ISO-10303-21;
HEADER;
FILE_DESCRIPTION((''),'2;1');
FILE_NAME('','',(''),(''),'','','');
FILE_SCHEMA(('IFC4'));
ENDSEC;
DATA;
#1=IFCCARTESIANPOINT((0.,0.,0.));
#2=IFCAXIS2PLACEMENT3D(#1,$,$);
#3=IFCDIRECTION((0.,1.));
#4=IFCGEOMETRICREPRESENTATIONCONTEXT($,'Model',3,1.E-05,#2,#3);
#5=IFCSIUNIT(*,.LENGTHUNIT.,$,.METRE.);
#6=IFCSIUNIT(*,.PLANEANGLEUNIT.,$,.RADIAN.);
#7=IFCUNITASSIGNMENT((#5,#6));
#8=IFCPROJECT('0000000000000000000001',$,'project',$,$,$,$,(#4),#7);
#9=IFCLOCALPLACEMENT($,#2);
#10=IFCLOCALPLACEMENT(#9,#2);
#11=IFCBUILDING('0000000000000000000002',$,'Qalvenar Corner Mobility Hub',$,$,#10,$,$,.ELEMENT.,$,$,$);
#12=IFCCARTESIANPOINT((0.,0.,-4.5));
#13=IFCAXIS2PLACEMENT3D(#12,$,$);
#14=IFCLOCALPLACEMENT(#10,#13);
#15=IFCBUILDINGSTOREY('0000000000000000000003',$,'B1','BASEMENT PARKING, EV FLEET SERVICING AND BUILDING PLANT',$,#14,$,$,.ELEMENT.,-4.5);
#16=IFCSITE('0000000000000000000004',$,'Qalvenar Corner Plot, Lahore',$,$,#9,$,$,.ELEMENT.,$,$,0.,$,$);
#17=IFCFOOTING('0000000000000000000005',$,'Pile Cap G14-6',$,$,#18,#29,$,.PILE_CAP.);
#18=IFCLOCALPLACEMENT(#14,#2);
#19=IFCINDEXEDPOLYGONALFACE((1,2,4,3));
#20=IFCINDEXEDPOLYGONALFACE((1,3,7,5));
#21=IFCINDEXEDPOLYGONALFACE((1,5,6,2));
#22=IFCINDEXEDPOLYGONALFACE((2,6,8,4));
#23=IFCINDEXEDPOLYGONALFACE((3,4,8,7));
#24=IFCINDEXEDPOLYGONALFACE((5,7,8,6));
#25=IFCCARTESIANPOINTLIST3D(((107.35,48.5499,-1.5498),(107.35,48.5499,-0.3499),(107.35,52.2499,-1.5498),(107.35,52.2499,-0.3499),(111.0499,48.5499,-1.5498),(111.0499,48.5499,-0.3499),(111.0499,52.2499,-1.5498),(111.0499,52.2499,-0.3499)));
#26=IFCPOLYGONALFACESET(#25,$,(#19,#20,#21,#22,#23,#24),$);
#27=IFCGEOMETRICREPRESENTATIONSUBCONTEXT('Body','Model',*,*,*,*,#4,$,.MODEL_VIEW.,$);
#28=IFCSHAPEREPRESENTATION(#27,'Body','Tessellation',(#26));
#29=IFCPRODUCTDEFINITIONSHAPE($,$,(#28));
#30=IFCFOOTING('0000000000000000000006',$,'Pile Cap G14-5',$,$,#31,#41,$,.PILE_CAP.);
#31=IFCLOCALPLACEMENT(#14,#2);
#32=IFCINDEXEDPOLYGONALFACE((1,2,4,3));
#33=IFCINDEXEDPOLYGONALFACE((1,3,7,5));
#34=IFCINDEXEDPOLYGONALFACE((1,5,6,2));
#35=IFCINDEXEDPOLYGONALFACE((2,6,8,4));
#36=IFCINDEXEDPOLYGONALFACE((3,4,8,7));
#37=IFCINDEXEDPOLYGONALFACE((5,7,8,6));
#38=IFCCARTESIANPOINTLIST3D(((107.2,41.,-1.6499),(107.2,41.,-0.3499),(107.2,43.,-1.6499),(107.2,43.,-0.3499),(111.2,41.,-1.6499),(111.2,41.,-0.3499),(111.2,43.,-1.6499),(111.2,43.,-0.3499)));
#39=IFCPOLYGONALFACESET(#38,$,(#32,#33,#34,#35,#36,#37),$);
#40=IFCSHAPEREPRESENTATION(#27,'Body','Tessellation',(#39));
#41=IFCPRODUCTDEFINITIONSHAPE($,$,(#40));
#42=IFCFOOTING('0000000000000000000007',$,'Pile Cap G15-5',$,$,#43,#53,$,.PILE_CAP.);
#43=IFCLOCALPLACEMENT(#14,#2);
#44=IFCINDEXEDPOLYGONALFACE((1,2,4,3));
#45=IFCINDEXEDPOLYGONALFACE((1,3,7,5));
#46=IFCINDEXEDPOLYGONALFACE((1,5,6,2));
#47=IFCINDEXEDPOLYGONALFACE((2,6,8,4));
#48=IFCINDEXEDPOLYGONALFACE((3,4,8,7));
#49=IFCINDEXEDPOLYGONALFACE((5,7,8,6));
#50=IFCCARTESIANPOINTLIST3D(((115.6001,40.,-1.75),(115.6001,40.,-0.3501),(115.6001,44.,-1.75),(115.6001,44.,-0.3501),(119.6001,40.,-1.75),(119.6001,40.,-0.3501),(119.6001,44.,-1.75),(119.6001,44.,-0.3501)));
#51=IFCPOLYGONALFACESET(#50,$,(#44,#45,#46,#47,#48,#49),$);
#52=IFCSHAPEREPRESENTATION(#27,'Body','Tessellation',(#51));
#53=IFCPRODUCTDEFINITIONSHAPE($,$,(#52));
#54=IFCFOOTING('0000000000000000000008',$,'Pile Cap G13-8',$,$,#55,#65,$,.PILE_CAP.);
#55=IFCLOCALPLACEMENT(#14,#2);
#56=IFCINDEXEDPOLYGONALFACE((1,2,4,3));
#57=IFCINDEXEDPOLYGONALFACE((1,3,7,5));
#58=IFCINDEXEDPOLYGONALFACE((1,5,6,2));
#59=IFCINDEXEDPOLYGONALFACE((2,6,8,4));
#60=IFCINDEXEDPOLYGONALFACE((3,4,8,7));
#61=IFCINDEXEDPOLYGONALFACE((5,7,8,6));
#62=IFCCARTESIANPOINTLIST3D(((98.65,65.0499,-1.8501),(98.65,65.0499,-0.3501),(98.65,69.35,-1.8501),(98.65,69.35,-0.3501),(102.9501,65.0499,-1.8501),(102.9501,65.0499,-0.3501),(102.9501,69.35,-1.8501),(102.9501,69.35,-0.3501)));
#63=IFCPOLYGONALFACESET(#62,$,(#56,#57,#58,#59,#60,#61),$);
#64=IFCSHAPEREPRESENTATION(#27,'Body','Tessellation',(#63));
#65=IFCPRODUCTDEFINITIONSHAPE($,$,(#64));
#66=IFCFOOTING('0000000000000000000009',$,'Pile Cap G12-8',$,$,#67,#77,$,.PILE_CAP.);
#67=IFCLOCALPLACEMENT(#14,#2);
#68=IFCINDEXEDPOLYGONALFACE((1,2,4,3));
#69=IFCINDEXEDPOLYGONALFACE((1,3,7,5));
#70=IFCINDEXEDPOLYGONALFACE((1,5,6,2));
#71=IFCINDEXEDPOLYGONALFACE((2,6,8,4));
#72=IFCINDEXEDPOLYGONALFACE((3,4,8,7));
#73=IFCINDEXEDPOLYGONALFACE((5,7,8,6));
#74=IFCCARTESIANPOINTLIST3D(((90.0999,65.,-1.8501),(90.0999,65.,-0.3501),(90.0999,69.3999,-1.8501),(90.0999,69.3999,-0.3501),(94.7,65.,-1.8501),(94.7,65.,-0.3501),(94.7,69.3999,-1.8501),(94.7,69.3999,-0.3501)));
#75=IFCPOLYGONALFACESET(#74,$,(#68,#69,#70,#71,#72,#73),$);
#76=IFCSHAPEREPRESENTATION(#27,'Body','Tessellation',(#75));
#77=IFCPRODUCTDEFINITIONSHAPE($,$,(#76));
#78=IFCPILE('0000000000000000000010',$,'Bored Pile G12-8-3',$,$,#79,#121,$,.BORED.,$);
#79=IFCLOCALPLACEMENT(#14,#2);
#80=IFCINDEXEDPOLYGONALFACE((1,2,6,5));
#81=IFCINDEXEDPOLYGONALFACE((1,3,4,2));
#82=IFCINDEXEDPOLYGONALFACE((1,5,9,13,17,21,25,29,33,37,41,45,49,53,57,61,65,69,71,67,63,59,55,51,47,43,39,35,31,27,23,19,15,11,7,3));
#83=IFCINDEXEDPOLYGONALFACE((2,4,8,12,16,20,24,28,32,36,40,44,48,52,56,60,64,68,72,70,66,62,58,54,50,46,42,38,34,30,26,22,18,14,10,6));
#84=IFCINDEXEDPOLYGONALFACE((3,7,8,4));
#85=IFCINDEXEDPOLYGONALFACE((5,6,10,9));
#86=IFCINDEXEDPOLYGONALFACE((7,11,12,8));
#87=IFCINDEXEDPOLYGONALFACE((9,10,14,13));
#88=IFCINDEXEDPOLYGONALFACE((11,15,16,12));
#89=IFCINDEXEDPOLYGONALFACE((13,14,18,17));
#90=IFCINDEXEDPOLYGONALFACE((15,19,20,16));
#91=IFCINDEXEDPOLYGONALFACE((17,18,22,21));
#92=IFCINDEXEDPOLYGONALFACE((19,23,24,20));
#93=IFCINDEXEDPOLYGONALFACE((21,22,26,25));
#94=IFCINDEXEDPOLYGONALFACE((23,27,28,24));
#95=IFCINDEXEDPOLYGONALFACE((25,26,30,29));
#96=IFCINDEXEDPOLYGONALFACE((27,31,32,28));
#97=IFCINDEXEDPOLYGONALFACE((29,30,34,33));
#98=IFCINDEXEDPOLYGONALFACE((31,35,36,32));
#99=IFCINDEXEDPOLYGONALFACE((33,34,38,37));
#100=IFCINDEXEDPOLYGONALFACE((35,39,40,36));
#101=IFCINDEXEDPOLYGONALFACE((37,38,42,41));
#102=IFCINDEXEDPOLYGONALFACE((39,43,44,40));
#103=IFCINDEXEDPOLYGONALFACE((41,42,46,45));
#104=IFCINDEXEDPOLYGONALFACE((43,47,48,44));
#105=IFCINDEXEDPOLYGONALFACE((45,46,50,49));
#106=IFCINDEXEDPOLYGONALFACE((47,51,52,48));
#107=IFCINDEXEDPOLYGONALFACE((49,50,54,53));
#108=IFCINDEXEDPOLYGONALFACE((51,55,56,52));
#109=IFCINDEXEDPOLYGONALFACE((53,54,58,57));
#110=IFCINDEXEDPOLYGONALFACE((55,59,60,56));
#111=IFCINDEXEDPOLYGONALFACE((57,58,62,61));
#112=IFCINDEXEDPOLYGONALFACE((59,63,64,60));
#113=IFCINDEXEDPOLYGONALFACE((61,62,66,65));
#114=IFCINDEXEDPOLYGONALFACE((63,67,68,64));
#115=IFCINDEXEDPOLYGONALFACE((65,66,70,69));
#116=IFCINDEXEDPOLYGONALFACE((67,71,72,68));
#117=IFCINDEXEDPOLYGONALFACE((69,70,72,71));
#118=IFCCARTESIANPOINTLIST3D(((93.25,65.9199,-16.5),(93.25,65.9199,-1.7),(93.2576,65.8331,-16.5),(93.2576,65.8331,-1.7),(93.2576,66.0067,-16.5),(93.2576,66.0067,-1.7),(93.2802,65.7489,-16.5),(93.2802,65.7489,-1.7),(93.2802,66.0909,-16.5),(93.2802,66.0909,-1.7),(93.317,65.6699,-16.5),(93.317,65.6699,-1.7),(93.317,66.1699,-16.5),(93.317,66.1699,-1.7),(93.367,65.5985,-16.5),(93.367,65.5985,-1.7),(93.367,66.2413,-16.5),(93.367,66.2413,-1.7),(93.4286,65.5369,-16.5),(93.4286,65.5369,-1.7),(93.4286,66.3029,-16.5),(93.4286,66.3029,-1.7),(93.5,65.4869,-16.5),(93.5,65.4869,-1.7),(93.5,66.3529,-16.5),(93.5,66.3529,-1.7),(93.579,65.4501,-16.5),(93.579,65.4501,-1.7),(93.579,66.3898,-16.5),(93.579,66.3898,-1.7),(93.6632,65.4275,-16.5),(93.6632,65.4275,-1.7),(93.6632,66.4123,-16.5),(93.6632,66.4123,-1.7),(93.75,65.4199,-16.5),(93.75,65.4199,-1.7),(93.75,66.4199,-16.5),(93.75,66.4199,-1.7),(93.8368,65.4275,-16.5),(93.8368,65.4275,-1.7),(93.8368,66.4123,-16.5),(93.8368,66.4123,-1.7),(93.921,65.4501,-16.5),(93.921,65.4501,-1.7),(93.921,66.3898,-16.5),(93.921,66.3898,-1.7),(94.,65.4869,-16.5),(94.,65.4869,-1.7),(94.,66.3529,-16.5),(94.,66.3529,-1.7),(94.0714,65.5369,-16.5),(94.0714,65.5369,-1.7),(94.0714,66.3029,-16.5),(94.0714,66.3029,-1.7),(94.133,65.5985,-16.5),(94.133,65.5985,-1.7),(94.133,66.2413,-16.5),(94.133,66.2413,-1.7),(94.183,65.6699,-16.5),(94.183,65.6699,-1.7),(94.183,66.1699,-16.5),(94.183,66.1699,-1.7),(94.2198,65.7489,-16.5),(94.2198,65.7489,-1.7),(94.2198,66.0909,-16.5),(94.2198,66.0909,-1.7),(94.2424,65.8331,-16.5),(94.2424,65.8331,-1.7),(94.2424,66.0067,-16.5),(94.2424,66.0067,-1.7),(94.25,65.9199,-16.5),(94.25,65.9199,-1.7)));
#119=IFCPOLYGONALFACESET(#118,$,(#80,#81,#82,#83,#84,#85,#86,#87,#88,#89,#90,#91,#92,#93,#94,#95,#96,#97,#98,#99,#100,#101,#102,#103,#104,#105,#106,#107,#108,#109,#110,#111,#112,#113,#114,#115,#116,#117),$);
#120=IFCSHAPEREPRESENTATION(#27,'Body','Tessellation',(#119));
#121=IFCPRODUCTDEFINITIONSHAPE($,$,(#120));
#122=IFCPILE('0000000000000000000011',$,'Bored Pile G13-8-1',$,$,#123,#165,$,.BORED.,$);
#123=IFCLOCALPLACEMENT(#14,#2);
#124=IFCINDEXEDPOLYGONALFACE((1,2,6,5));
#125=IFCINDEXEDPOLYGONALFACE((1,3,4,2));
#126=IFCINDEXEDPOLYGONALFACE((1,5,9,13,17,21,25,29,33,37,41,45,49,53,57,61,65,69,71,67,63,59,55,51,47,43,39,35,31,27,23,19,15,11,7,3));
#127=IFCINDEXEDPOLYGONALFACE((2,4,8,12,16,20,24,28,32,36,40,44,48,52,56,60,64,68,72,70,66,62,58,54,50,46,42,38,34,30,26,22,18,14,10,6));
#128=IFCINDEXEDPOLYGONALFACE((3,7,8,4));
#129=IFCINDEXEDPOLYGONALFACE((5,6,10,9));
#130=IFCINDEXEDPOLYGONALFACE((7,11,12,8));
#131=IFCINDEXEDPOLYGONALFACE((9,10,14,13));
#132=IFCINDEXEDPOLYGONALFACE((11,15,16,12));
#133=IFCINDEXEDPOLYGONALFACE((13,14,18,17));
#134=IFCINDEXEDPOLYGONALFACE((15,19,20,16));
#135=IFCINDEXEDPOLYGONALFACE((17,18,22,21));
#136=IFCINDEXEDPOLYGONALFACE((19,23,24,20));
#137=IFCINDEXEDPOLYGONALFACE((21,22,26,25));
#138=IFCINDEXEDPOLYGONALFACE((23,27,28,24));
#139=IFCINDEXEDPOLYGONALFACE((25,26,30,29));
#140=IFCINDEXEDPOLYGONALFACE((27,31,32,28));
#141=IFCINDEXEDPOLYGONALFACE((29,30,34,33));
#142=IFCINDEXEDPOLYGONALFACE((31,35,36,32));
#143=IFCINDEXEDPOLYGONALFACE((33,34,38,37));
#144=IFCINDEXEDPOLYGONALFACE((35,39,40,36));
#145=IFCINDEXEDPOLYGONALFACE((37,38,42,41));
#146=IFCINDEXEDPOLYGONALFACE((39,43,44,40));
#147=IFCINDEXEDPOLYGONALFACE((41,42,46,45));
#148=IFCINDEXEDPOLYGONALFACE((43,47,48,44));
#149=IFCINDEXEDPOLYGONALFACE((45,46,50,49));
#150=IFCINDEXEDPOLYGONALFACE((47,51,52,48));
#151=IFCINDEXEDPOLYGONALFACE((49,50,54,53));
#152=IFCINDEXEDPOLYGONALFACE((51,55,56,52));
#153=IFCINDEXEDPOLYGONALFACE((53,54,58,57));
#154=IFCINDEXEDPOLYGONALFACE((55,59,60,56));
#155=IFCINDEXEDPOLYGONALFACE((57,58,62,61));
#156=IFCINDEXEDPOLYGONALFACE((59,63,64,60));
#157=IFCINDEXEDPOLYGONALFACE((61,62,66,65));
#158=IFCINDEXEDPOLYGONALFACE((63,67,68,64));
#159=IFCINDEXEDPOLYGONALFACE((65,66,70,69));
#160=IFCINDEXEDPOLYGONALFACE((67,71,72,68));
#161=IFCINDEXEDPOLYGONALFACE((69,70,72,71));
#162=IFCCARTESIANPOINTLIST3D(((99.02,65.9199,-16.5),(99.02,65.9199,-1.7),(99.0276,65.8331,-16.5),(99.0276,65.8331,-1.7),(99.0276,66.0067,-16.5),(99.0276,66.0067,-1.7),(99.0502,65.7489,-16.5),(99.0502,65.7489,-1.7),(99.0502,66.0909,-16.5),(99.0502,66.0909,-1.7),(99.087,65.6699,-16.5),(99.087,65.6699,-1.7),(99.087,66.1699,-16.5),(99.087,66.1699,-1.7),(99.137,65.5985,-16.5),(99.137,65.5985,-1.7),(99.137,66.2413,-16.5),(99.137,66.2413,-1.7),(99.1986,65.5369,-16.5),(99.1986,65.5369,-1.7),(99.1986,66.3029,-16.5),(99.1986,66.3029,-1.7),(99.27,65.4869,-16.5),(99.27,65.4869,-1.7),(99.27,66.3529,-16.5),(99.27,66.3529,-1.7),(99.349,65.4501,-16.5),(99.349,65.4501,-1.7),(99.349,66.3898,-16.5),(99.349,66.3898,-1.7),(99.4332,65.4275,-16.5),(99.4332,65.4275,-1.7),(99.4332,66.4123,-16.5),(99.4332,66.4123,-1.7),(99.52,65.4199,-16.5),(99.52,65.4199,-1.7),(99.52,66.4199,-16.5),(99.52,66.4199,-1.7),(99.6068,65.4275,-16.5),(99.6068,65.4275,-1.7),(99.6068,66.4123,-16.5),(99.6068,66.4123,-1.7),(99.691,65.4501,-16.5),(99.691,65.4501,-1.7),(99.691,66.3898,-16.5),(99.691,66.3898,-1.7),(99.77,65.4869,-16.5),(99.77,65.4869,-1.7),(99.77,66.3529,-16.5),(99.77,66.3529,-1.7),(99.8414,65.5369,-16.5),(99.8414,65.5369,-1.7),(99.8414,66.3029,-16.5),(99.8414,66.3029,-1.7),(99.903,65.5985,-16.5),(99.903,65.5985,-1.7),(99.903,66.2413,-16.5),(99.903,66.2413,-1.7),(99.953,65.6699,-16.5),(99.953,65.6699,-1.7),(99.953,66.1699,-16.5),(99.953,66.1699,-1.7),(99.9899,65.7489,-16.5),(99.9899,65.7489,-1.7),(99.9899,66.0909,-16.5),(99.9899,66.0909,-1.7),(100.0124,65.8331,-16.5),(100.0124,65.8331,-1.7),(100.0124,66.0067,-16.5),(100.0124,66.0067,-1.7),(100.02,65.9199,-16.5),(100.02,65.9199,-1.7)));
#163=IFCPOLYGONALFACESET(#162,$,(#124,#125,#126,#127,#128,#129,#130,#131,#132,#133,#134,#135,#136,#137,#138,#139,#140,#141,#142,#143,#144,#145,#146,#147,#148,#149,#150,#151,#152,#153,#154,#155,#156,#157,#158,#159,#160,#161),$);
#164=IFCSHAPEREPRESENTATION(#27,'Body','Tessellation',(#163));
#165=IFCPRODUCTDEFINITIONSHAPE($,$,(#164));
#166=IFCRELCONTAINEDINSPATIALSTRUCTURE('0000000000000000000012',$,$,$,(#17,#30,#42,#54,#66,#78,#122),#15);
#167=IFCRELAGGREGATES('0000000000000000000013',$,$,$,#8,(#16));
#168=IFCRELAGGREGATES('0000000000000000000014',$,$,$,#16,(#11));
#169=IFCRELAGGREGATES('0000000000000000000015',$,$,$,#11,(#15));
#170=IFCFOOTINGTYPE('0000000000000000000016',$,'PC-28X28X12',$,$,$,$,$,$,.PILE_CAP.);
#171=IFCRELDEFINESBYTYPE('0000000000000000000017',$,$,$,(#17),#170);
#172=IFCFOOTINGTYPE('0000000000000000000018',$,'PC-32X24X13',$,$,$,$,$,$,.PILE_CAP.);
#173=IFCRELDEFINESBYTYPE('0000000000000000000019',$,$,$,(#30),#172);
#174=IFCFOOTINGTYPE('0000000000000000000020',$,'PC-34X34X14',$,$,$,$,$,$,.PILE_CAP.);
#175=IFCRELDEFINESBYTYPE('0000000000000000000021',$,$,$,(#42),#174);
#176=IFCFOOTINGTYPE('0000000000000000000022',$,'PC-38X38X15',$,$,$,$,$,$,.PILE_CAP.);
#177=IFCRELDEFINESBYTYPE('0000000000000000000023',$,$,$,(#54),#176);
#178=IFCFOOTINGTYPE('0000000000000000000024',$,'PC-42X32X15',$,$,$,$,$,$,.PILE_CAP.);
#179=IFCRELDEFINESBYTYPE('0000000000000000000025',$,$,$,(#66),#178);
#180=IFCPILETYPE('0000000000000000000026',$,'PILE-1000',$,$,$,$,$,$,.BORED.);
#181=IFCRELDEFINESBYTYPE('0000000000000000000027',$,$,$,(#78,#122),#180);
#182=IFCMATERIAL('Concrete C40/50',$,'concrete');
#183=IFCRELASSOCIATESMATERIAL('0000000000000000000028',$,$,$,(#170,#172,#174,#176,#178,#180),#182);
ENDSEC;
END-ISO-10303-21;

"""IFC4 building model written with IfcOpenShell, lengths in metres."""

from ifc_helpers import new_model, si_unit, direction, frame, origin, origin_2d, place, context, subcontext, project, spatial, rectangle, circle, extrude, material, material_profile, profile_set, type_object, element, save


model = new_model("IFC4")

# Units and contexts
model_context = context("Model", 3, precision=1e-05, world=origin(), true_north=direction((0.0, 1.0)))
body_context = subcontext(model_context, "Body", "Model", "MODEL_VIEW")
ifc_project = project(units=[si_unit("LENGTHUNIT", "METRE"), si_unit("PLANEANGLEUNIT", "RADIAN")], contexts=[model_context])

# Site, building, storey
site_placement = place(None, origin())
site = spatial("IfcSite", under=ifc_project, at=site_placement, Name="Qalvenar Corner Plot, Lahore", CompositionType="ELEMENT", RefElevation=0.0)
building_placement = place(site_placement, origin())
building = spatial("IfcBuilding", under=site, at=building_placement, Name="Qalvenar Corner Mobility Hub", CompositionType="ELEMENT")
storey_placement = place(building_placement, frame((0.0, 0.0, -4.5)))
storey = spatial("IfcBuildingStorey", under=building, at=storey_placement, Name="B1", Description="BASEMENT PARKING, EV FLEET SERVICING AND BUILDING PLANT", CompositionType="ELEMENT", Elevation=-4.5)

# Footings
ifc_material_1 = material(Name="Concrete C40/50", Category="concrete")
footing_type_1 = type_object("IfcFootingType", Name="PC-28X28X12", PredefinedType="PILE_CAP", material=ifc_material_1)
footing_1_placement = place(storey_placement, frame((109.2, 50.3999, -1.5498), z_axis=(0.0, 0.0, 1.0), x_axis=(1.0, 0.0, 0.0)))
element("IfcFooting", 1, at=footing_1_placement, inside=storey, type_object=footing_type_1, Name="Pile Cap G14-6", PredefinedType="PILE_CAP", context=body_context, shape_type="SweptSolid", body=[
    extrude(rectangle(XDim=3.7, YDim=3.7, at=origin_2d()), origin(), (0.0, 0.0, 1.0), 1.2),
])
footing_type_2 = type_object("IfcFootingType", Name="PC-32X24X13", PredefinedType="PILE_CAP", material=ifc_material_1)
footing_2_placement = place(storey_placement, frame((109.2, 42.0, -1.6499), z_axis=(0.0, 0.0, 1.0), x_axis=(1.0, 0.0, 0.0)))
element("IfcFooting", 2, at=footing_2_placement, inside=storey, type_object=footing_type_2, Name="Pile Cap G14-5", PredefinedType="PILE_CAP", context=body_context, shape_type="SweptSolid", body=[
    extrude(rectangle(XDim=4.0, YDim=2.0, at=origin_2d()), origin(), (0.0, 0.0, 1.0), 1.3),
])
footing_type_3 = type_object("IfcFootingType", Name="PC-34X34X14", PredefinedType="PILE_CAP", material=ifc_material_1)
footing_3_placement = place(storey_placement, frame((117.6001, 42.0, -1.75), z_axis=(0.0, 0.0, 1.0), x_axis=(1.0, 0.0, 0.0)))
element("IfcFooting", 3, at=footing_3_placement, inside=storey, type_object=footing_type_3, Name="Pile Cap G15-5", PredefinedType="PILE_CAP", context=body_context, shape_type="SweptSolid", body=[
    extrude(rectangle(XDim=4.0, YDim=4.0, at=origin_2d()), origin(), (0.0, 0.0, 1.0), 1.3999),
])
footing_type_4 = type_object("IfcFootingType", Name="PC-38X38X15", PredefinedType="PILE_CAP", material=ifc_material_1)
footing_4_placement = place(storey_placement, frame((100.8, 67.2, -1.8501), z_axis=(0.0, 0.0, 1.0), x_axis=(1.0, 0.0, 0.0)))
element("IfcFooting", 4, at=footing_4_placement, inside=storey, type_object=footing_type_4, Name="Pile Cap G13-8", PredefinedType="PILE_CAP", context=body_context, shape_type="SweptSolid", body=[
    extrude(rectangle(XDim=4.3, YDim=4.3, at=origin_2d()), origin(), (0.0, 0.0, 1.0), 1.5),
])
footing_type_5 = type_object("IfcFootingType", Name="PC-42X32X15", PredefinedType="PILE_CAP", material=ifc_material_1)
footing_5_placement = place(storey_placement, frame((92.3999, 67.2, -1.8501), z_axis=(0.0, 0.0, 1.0), x_axis=(1.0, 0.0, 0.0)))
element("IfcFooting", 5, at=footing_5_placement, inside=storey, type_object=footing_type_5, Name="Pile Cap G12-8", PredefinedType="PILE_CAP", context=body_context, shape_type="SweptSolid", body=[
    extrude(rectangle(XDim=4.6001, YDim=4.3999, at=origin_2d()), origin(), (0.0, 0.0, 1.0), 1.5),
])

# Piles
ifc_material_profile_1 = material_profile(ifc_material_1, circle(Radius=0.5, at=origin_2d()), Name="DIA1000")
ifc_profile_set_1 = profile_set([ifc_material_profile_1], Name="Concrete C40/50")
pile_type_1 = type_object("IfcPileType", Name="PILE-1000", PredefinedType="BORED", material=ifc_profile_set_1)
for number, where, z_axis, x_axis, name in (
    (6, (93.75, 65.9199, -1.7), (0.0, 0.0, -1.0), (1.0, 0.0, 0.0), "Bored Pile G12-8-3"),
    (7, (99.52, 65.9199, -1.7), (0.0, 0.0, -1.0), (1.0, 0.0, 0.0), "Bored Pile G13-8-1"),
):
    element("IfcPile", number, at=place(storey_placement, frame(where, z_axis=z_axis, x_axis=x_axis)), inside=storey, type_object=pile_type_1, Name=name, PredefinedType="BORED", context=body_context, shape_type="SweptSolid", body=[
        extrude(circle(Radius=0.5, at=origin_2d()), origin(), (0.0, 0.0, 1.0), 14.8),
    ])

save(model, "model.ifc")
